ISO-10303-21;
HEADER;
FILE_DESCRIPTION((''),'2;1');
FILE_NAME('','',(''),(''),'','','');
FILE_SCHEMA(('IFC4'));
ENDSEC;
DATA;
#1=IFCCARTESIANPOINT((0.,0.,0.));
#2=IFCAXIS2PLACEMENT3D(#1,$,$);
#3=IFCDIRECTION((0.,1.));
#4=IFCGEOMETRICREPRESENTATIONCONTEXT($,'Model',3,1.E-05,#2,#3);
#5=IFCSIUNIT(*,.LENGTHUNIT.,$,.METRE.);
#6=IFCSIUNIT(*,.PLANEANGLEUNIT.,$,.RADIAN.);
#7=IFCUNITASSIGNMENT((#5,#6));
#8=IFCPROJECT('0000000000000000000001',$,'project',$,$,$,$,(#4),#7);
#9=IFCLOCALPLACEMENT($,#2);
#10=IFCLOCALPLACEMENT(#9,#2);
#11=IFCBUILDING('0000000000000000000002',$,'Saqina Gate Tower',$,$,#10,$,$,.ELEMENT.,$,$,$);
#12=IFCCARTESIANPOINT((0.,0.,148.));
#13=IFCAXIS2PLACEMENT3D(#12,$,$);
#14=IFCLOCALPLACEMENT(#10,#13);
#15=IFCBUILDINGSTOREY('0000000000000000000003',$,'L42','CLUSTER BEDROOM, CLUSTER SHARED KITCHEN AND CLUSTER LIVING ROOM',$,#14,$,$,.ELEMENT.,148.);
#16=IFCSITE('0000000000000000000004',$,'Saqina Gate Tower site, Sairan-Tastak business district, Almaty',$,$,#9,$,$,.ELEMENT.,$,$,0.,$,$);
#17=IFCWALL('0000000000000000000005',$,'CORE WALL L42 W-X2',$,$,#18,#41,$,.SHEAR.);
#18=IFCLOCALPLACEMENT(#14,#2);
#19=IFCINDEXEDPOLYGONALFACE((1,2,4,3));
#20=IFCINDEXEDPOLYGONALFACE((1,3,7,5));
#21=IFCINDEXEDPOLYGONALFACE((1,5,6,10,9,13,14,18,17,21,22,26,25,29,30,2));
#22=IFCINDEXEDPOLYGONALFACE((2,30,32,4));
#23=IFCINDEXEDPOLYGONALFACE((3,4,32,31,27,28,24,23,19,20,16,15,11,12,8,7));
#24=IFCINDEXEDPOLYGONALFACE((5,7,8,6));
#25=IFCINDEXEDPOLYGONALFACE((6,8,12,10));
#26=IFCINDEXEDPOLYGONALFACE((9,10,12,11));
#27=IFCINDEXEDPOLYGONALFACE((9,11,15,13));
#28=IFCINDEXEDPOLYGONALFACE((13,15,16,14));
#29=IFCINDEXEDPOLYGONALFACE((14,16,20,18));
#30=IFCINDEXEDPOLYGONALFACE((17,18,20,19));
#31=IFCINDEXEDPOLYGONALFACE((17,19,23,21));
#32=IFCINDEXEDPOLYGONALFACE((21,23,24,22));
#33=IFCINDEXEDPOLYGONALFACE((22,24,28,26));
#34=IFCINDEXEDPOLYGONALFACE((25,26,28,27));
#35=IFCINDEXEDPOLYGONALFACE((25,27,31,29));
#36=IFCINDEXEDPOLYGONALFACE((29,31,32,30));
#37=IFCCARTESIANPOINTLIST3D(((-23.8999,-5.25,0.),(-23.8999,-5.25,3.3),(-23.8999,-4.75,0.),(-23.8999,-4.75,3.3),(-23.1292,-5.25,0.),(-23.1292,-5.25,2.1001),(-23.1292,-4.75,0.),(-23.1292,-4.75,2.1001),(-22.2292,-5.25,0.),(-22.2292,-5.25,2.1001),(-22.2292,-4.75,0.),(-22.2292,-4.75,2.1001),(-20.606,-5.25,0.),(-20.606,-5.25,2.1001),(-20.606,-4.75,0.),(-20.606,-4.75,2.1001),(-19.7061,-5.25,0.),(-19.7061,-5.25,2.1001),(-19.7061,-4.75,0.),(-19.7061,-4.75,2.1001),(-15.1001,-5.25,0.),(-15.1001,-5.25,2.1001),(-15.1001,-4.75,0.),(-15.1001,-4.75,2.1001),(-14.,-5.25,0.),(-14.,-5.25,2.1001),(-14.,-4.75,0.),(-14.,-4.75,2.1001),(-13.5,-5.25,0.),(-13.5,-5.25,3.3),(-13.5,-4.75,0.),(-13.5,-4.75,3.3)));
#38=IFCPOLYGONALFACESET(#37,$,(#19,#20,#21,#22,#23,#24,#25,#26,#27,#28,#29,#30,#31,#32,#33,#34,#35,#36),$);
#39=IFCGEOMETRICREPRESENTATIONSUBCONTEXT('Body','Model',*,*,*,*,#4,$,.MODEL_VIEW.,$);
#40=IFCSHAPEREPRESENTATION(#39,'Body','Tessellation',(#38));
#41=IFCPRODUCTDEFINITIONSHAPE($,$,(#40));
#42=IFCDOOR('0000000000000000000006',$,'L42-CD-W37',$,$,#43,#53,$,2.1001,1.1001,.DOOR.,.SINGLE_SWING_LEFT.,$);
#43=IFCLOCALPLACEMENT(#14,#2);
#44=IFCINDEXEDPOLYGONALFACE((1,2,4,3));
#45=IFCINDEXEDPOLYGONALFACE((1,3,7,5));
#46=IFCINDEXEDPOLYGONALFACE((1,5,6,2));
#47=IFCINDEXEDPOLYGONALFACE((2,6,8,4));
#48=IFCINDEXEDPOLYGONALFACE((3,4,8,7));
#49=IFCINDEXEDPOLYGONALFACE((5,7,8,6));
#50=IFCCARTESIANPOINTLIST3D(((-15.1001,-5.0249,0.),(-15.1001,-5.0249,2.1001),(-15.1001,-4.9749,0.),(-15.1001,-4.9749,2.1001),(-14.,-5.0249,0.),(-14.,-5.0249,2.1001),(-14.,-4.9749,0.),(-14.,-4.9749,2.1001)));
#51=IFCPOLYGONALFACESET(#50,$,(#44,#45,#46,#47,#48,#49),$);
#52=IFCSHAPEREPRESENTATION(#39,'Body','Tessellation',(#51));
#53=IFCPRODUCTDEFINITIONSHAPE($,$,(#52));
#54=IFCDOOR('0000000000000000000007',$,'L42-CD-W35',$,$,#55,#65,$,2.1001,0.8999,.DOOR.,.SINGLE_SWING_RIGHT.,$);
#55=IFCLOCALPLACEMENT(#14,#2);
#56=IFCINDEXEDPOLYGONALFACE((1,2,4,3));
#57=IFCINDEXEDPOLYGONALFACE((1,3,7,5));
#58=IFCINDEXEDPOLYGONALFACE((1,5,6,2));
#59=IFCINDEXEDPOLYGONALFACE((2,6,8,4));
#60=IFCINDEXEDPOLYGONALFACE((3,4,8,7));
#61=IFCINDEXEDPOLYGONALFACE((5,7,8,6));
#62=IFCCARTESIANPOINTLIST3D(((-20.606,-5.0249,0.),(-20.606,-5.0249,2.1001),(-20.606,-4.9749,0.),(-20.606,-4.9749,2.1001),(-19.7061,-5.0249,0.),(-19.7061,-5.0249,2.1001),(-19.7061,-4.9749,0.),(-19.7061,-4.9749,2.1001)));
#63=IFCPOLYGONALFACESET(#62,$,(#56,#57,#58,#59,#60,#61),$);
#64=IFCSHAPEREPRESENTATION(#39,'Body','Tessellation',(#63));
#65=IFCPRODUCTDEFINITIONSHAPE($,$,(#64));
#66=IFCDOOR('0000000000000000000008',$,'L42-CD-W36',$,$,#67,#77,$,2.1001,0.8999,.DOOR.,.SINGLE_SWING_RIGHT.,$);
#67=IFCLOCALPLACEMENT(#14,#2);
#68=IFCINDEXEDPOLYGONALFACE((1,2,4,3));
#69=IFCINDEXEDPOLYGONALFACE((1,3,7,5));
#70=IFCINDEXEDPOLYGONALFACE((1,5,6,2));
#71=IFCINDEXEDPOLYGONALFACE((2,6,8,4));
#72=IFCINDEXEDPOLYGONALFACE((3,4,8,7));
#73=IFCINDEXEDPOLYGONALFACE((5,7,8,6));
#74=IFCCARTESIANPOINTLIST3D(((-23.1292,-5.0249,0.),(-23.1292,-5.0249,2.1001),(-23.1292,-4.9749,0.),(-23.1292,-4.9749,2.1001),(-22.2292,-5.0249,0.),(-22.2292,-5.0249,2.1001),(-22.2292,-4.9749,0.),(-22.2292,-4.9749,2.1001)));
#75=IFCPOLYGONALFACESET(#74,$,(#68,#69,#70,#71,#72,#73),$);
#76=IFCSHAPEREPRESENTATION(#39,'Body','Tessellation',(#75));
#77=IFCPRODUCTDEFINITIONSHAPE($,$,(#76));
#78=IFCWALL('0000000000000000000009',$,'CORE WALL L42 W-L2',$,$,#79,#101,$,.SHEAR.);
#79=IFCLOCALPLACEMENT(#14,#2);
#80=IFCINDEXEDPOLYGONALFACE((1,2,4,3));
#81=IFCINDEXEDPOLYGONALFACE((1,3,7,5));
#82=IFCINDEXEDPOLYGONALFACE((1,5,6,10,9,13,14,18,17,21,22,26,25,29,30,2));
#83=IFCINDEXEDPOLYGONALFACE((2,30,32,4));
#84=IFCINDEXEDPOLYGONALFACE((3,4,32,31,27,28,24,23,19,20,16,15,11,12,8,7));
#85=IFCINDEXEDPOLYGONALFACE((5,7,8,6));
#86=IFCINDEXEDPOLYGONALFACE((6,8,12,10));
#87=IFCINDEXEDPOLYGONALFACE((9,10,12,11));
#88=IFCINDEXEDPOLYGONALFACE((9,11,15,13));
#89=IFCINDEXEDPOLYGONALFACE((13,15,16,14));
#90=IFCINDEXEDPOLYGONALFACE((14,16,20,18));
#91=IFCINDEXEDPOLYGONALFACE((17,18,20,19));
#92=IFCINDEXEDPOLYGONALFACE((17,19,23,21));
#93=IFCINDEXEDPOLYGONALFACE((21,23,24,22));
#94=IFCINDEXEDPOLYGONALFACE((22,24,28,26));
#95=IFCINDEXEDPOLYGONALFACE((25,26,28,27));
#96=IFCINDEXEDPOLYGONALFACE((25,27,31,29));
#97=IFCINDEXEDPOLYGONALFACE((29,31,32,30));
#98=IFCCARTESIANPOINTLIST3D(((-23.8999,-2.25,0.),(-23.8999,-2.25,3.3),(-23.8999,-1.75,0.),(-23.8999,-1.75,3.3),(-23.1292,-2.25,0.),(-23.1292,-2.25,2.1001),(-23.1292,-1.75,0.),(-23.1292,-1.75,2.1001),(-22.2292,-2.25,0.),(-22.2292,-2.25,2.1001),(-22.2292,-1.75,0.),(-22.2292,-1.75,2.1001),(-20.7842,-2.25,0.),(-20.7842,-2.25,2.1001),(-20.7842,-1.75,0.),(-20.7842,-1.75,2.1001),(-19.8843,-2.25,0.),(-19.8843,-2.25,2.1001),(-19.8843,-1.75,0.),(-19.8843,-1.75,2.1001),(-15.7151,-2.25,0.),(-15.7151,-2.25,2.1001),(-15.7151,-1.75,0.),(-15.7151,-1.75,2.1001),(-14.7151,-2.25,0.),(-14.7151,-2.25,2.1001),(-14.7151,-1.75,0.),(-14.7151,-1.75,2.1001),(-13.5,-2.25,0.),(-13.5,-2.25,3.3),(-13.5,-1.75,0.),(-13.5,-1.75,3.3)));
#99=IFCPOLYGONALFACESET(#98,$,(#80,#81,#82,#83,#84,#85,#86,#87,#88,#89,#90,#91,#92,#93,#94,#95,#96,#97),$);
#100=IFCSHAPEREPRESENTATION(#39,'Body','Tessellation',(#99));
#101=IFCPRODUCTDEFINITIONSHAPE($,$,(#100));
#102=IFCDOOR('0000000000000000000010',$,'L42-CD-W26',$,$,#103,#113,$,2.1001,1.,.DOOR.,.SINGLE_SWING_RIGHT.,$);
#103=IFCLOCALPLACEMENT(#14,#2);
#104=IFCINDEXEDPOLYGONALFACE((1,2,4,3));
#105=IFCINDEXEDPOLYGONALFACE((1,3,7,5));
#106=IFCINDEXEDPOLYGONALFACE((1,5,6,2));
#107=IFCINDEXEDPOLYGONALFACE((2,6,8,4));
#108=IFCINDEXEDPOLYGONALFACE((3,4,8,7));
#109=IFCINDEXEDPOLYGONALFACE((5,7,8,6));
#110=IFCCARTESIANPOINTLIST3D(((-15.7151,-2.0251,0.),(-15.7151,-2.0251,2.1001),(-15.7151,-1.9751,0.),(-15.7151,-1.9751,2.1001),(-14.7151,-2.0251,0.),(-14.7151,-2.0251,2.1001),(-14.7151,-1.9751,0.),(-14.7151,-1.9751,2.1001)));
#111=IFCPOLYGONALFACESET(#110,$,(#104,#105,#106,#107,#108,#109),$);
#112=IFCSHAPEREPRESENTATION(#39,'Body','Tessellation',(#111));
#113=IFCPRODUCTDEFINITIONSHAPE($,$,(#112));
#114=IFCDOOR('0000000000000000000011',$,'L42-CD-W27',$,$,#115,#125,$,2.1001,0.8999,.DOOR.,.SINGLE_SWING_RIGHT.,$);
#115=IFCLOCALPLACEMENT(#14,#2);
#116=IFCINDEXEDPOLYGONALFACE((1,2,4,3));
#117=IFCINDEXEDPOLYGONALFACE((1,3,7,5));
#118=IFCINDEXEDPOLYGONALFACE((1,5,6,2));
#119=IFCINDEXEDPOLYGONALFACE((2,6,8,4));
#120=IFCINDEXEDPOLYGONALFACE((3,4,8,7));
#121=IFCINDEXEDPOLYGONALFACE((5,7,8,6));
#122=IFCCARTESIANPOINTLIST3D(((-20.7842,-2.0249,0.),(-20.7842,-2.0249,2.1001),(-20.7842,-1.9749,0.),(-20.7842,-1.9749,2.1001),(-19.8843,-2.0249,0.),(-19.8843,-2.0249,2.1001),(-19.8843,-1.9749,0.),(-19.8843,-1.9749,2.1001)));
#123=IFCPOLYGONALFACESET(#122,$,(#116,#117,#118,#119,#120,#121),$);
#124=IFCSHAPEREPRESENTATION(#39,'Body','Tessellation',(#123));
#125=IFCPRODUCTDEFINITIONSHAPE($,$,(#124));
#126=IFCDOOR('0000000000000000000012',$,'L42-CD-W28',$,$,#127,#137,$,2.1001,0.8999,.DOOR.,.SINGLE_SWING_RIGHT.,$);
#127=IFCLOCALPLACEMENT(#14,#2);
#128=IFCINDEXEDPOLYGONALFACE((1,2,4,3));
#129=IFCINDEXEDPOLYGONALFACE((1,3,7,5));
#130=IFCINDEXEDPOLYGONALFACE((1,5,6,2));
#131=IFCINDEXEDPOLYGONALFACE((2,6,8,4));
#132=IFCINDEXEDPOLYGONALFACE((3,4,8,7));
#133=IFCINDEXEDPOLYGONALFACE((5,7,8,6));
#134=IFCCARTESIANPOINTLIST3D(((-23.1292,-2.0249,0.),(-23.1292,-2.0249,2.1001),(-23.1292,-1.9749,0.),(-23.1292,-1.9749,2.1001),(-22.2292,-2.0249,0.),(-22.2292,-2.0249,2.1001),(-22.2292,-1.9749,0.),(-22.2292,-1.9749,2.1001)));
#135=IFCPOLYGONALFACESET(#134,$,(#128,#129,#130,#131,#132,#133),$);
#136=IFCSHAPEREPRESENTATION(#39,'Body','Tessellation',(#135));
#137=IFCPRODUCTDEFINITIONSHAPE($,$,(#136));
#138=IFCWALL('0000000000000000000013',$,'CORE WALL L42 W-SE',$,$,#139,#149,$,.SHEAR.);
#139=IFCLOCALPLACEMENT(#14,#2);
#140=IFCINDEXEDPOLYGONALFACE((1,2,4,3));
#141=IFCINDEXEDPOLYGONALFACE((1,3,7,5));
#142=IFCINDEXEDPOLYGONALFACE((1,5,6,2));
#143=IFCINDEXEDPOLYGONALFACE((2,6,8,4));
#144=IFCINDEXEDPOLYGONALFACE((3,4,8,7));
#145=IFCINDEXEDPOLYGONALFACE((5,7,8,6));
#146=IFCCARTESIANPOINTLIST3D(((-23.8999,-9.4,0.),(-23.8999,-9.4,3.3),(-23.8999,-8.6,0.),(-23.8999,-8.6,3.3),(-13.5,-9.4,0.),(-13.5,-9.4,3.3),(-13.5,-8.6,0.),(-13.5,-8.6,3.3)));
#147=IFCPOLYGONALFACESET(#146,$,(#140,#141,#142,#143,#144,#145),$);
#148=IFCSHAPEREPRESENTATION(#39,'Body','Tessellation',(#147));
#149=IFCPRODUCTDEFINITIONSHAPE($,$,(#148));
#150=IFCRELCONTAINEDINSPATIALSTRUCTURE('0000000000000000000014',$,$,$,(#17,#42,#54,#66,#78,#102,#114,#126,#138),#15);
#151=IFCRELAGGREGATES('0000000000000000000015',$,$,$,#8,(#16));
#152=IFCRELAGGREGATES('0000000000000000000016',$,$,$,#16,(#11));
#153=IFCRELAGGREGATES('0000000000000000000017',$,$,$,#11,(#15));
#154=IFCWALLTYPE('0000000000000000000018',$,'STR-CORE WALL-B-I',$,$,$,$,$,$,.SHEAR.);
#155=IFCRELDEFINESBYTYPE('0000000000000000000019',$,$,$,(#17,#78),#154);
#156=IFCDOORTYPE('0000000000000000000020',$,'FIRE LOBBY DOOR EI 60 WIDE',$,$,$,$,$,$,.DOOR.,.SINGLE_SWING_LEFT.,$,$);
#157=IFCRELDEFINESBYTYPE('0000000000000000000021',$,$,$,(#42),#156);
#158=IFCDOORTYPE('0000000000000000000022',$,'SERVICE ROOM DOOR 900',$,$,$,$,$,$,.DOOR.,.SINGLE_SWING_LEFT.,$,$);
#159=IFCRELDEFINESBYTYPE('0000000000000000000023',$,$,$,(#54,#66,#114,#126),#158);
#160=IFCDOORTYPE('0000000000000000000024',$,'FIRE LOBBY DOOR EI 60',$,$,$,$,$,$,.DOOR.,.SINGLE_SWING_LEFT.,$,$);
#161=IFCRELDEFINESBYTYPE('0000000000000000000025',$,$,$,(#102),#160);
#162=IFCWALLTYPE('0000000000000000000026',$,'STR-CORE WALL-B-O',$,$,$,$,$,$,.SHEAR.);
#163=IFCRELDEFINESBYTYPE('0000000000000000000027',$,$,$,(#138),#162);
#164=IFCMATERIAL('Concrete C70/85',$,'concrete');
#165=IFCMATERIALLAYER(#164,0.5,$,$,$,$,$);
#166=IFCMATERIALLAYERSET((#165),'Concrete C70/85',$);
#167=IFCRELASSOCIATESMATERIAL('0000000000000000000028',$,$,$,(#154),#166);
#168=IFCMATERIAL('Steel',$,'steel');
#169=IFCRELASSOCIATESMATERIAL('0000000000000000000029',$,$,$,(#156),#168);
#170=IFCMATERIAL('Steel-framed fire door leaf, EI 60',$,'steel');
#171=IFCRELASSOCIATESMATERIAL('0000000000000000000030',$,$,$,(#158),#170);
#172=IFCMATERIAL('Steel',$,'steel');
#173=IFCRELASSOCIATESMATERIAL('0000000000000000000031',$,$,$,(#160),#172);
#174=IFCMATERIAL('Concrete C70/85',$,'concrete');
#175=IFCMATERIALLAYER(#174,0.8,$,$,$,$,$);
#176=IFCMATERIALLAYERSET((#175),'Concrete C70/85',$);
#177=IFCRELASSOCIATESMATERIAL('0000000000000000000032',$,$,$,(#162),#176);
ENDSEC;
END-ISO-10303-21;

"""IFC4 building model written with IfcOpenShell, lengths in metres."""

from ifc_helpers import new_model, si_unit, direction, frame, frame_2d, origin, place, context, subcontext, project, spatial, rectangle, extrude, material, layer, layer_set, type_object, element, fill, save


model = new_model("IFC4")

# Units and contexts
model_context = context("Model", 3, precision=1e-05, world=origin(), true_north=direction((0.0, 1.0)))
body_context = subcontext(model_context, "Body", "Model", "MODEL_VIEW")
ifc_project = project(units=[si_unit("LENGTHUNIT", "METRE"), si_unit("PLANEANGLEUNIT", "RADIAN")], contexts=[model_context])

# Site, building, storey
site_placement = place(None, origin())
site = spatial("IfcSite", under=ifc_project, at=site_placement, Name="Saqina Gate Tower site, Sairan-Tastak business district, Almaty", CompositionType="ELEMENT", RefElevation=0.0)
building_placement = place(site_placement, origin())
building = spatial("IfcBuilding", under=site, at=building_placement, Name="Saqina Gate Tower", CompositionType="ELEMENT")
storey_placement = place(building_placement, frame((0.0, 0.0, 148.0)))
storey = spatial("IfcBuildingStorey", under=building, at=storey_placement, Name="L42", Description="CLUSTER BEDROOM, CLUSTER SHARED KITCHEN AND CLUSTER LIVING ROOM", CompositionType="ELEMENT", Elevation=148.0)

# Walls, openings, doors
ifc_material_1 = material(Name="Concrete C70/85", Category="concrete")
ifc_layer_1 = layer(ifc_material_1, 0.5)
ifc_layer_set_1 = layer_set([ifc_layer_1], Name="Concrete C70/85")
wall_type_1 = type_object("IfcWallType", Name="STR-CORE WALL-B-I", PredefinedType="SHEAR", material=ifc_layer_set_1)
wall_1_placement = place(storey_placement, frame((-13.5, -5.0, 0.0), z_axis=(0.0, 0.0, 1.0), x_axis=(-1.0, 0.0, 0.0)))
wall_1 = element("IfcWall", 1, at=wall_1_placement, inside=storey, type_object=wall_type_1, Name="CORE WALL L42 W-X2", PredefinedType="SHEAR", context=body_context, shape_type="SweptSolid", body=[
    extrude(rectangle(XDim=10.3999, YDim=0.5, at=frame_2d((5.2, 0.0))), origin(), (0.0, 0.0, 1.0), 3.3),
])
opening_1_placement = place(wall_1_placement, frame((6.2061, 0.0, 0.0)))
opening_1 = element("IfcOpeningElement", 2, at=opening_1_placement, cuts=wall_1, PredefinedType="OPENING", context=body_context, shape_type="SweptSolid", body=[
    extrude(rectangle(XDim=0.8999, YDim=2.1001, at=frame_2d((0.45, 1.05))), frame((0.0, 0.262, 0.0), z_axis=(0.0, -1.0, 0.0), x_axis=(1.0, 0.0, 0.0)), (0.0, 0.0, 1.0), 0.5239),
])
opening_2_placement = place(wall_1_placement, frame((8.7292, 0.0, 0.0)))
opening_2 = element("IfcOpeningElement", 3, at=opening_2_placement, cuts=wall_1, PredefinedType="OPENING", context=body_context, shape_type="SweptSolid", body=[
    extrude(rectangle(XDim=0.8999, YDim=2.1001, at=frame_2d((0.45, 1.05))), frame((0.0, 0.262, 0.0), z_axis=(0.0, -1.0, 0.0), x_axis=(1.0, 0.0, 0.0)), (0.0, 0.0, 1.0), 0.5239),
])
opening_3_placement = place(wall_1_placement, frame((0.5, 0.0, 0.0)))
opening_3 = element("IfcOpeningElement", 4, at=opening_3_placement, cuts=wall_1, PredefinedType="OPENING", context=body_context, shape_type="SweptSolid", body=[
    extrude(rectangle(XDim=1.1001, YDim=2.1001, at=frame_2d((0.55, 1.05))), frame((0.0, 0.262, 0.0), z_axis=(0.0, -1.0, 0.0), x_axis=(1.0, 0.0, 0.0)), (0.0, 0.0, 1.0), 0.5239),
])
ifc_material_2 = material(Name="Steel", Category="steel")
door_type_1 = type_object("IfcDoorType", Name="FIRE LOBBY DOOR EI 60 WIDE", OperationType="SINGLE_SWING_LEFT", PredefinedType="DOOR", material=ifc_material_2)
door_1_placement = place(opening_3_placement, origin())
door_1 = element("IfcDoor", 5, at=door_1_placement, inside=storey, type_object=door_type_1, Name="L42-CD-W37", OperationType="SINGLE_SWING_LEFT", OverallHeight=2.1001, OverallWidth=1.1001, PredefinedType="DOOR", context=body_context, shape_type="SweptSolid", body=[
    extrude(rectangle(XDim=1.1001, YDim=2.1001, at=frame_2d((0.55, 1.05))), frame((0.0, 0.0249, 0.0), z_axis=(0.0, -1.0, 0.0), x_axis=(1.0, 0.0, 0.0)), (0.0, 0.0, 1.0), 0.05),
])
fill(opening_3, door_1)
ifc_material_3 = material(Name="Steel-framed fire door leaf, EI 60", Category="steel")
door_type_2 = type_object("IfcDoorType", Name="SERVICE ROOM DOOR 900", OperationType="SINGLE_SWING_LEFT", PredefinedType="DOOR", material=ifc_material_3)
door_2_placement = place(opening_1_placement, origin())
door_2 = element("IfcDoor", 6, at=door_2_placement, inside=storey, type_object=door_type_2, Name="L42-CD-W35", OperationType="SINGLE_SWING_RIGHT", OverallHeight=2.1001, OverallWidth=0.8999, PredefinedType="DOOR", context=body_context, shape_type="SweptSolid", body=[
    extrude(rectangle(XDim=0.8999, YDim=2.1001, at=frame_2d((0.45, 1.05))), frame((0.0, 0.0249, 0.0), z_axis=(0.0, -1.0, 0.0), x_axis=(1.0, 0.0, 0.0)), (0.0, 0.0, 1.0), 0.05),
])
fill(opening_1, door_2)
door_3_placement = place(opening_2_placement, origin())
door_3 = element("IfcDoor", 7, at=door_3_placement, inside=storey, type_object=door_type_2, Name="L42-CD-W36", OperationType="SINGLE_SWING_RIGHT", OverallHeight=2.1001, OverallWidth=0.8999, PredefinedType="DOOR", context=body_context, shape_type="SweptSolid", body=[
    extrude(rectangle(XDim=0.8999, YDim=2.1001, at=frame_2d((0.45, 1.05))), frame((0.0, 0.0249, 0.0), z_axis=(0.0, -1.0, 0.0), x_axis=(1.0, 0.0, 0.0)), (0.0, 0.0, 1.0), 0.05),
])
fill(opening_2, door_3)
wall_2_placement = place(storey_placement, frame((-13.5, -2.0, 0.0), z_axis=(0.0, 0.0, 1.0), x_axis=(-1.0, 0.0, 0.0)))
wall_2 = element("IfcWall", 8, at=wall_2_placement, inside=storey, type_object=wall_type_1, Name="CORE WALL L42 W-L2", PredefinedType="SHEAR", context=body_context, shape_type="SweptSolid", body=[
    extrude(rectangle(XDim=10.3999, YDim=0.5, at=frame_2d((5.2, 0.0))), origin(), (0.0, 0.0, 1.0), 3.3),
])
opening_4_placement = place(wall_2_placement, frame((1.2151, 0.0, 0.0)))
opening_4 = element("IfcOpeningElement", 9, at=opening_4_placement, cuts=wall_2, PredefinedType="OPENING", context=body_context, shape_type="SweptSolid", body=[
    extrude(rectangle(XDim=1.0, YDim=2.1001, at=frame_2d((0.5, 1.05))), frame((0.0, 0.262, 0.0), z_axis=(0.0, -1.0, 0.0), x_axis=(1.0, 0.0, 0.0)), (0.0, 0.0, 1.0), 0.5239),
])
opening_5_placement = place(wall_2_placement, frame((6.3843, 0.0, 0.0)))
opening_5 = element("IfcOpeningElement", 10, at=opening_5_placement, cuts=wall_2, PredefinedType="OPENING", context=body_context, shape_type="SweptSolid", body=[
    extrude(rectangle(XDim=0.8999, YDim=2.1001, at=frame_2d((0.45, 1.05))), frame((0.0, 0.262, 0.0), z_axis=(0.0, -1.0, 0.0), x_axis=(1.0, 0.0, 0.0)), (0.0, 0.0, 1.0), 0.5239),
])
opening_6_placement = place(wall_2_placement, frame((8.7292, 0.0, 0.0)))
opening_6 = element("IfcOpeningElement", 11, at=opening_6_placement, cuts=wall_2, PredefinedType="OPENING", context=body_context, shape_type="SweptSolid", body=[
    extrude(rectangle(XDim=0.8999, YDim=2.1001, at=frame_2d((0.45, 1.05))), frame((0.0, 0.262, 0.0), z_axis=(0.0, -1.0, 0.0), x_axis=(1.0, 0.0, 0.0)), (0.0, 0.0, 1.0), 0.5239),
])
ifc_material_4 = material(Name="Steel", Category="steel")
door_type_3 = type_object("IfcDoorType", Name="FIRE LOBBY DOOR EI 60", OperationType="SINGLE_SWING_LEFT", PredefinedType="DOOR", material=ifc_material_4)
door_4_placement = place(opening_4_placement, frame((1.0, 0.0, 0.0), z_axis=(0.0, 0.0, 1.0), x_axis=(-1.0, 0.0, 0.0)))
door_4 = element("IfcDoor", 12, at=door_4_placement, inside=storey, type_object=door_type_3, Name="L42-CD-W26", OperationType="SINGLE_SWING_RIGHT", OverallHeight=2.1001, OverallWidth=1.0, PredefinedType="DOOR", context=body_context, shape_type="SweptSolid", body=[
    extrude(rectangle(XDim=1.0, YDim=2.1001, at=frame_2d((0.5, 1.05))), frame((0.0, 0.0249, 0.0), z_axis=(0.0, -1.0, 0.0), x_axis=(1.0, 0.0, 0.0)), (0.0, 0.0, 1.0), 0.05),
])
fill(opening_4, door_4)
door_5_placement = place(opening_5_placement, origin())
door_5 = element("IfcDoor", 13, at=door_5_placement, inside=storey, type_object=door_type_2, Name="L42-CD-W27", OperationType="SINGLE_SWING_RIGHT", OverallHeight=2.1001, OverallWidth=0.8999, PredefinedType="DOOR", context=body_context, shape_type="SweptSolid", body=[
    extrude(rectangle(XDim=0.8999, YDim=2.1001, at=frame_2d((0.45, 1.05))), frame((0.0, 0.0249, 0.0), z_axis=(0.0, -1.0, 0.0), x_axis=(1.0, 0.0, 0.0)), (0.0, 0.0, 1.0), 0.05),
])
fill(opening_5, door_5)
door_6_placement = place(opening_6_placement, origin())
door_6 = element("IfcDoor", 14, at=door_6_placement, inside=storey, type_object=door_type_2, Name="L42-CD-W28", OperationType="SINGLE_SWING_RIGHT", OverallHeight=2.1001, OverallWidth=0.8999, PredefinedType="DOOR", context=body_context, shape_type="SweptSolid", body=[
    extrude(rectangle(XDim=0.8999, YDim=2.1001, at=frame_2d((0.45, 1.05))), frame((0.0, 0.0249, 0.0), z_axis=(0.0, -1.0, 0.0), x_axis=(1.0, 0.0, 0.0)), (0.0, 0.0, 1.0), 0.05),
])
fill(opening_6, door_6)
ifc_material_5 = material(Name="Concrete C70/85", Category="concrete")
ifc_layer_2 = layer(ifc_material_5, 0.8)
ifc_layer_set_2 = layer_set([ifc_layer_2], Name="Concrete C70/85")
wall_type_2 = type_object("IfcWallType", Name="STR-CORE WALL-B-O", PredefinedType="SHEAR", material=ifc_layer_set_2)

# Wall
wall_3_placement = place(storey_placement, frame((-13.5, -9.0, 0.0), z_axis=(0.0, 0.0, 1.0), x_axis=(-1.0, 0.0, 0.0)))
element("IfcWall", 15, at=wall_3_placement, inside=storey, type_object=wall_type_2, Name="CORE WALL L42 W-SE", PredefinedType="SHEAR", context=body_context, shape_type="SweptSolid", body=[
    extrude(rectangle(XDim=10.3999, YDim=0.8, at=frame_2d((5.2, 0.0))), origin(), (0.0, 0.0, 1.0), 3.3),
])

save(model, "model.ifc")
